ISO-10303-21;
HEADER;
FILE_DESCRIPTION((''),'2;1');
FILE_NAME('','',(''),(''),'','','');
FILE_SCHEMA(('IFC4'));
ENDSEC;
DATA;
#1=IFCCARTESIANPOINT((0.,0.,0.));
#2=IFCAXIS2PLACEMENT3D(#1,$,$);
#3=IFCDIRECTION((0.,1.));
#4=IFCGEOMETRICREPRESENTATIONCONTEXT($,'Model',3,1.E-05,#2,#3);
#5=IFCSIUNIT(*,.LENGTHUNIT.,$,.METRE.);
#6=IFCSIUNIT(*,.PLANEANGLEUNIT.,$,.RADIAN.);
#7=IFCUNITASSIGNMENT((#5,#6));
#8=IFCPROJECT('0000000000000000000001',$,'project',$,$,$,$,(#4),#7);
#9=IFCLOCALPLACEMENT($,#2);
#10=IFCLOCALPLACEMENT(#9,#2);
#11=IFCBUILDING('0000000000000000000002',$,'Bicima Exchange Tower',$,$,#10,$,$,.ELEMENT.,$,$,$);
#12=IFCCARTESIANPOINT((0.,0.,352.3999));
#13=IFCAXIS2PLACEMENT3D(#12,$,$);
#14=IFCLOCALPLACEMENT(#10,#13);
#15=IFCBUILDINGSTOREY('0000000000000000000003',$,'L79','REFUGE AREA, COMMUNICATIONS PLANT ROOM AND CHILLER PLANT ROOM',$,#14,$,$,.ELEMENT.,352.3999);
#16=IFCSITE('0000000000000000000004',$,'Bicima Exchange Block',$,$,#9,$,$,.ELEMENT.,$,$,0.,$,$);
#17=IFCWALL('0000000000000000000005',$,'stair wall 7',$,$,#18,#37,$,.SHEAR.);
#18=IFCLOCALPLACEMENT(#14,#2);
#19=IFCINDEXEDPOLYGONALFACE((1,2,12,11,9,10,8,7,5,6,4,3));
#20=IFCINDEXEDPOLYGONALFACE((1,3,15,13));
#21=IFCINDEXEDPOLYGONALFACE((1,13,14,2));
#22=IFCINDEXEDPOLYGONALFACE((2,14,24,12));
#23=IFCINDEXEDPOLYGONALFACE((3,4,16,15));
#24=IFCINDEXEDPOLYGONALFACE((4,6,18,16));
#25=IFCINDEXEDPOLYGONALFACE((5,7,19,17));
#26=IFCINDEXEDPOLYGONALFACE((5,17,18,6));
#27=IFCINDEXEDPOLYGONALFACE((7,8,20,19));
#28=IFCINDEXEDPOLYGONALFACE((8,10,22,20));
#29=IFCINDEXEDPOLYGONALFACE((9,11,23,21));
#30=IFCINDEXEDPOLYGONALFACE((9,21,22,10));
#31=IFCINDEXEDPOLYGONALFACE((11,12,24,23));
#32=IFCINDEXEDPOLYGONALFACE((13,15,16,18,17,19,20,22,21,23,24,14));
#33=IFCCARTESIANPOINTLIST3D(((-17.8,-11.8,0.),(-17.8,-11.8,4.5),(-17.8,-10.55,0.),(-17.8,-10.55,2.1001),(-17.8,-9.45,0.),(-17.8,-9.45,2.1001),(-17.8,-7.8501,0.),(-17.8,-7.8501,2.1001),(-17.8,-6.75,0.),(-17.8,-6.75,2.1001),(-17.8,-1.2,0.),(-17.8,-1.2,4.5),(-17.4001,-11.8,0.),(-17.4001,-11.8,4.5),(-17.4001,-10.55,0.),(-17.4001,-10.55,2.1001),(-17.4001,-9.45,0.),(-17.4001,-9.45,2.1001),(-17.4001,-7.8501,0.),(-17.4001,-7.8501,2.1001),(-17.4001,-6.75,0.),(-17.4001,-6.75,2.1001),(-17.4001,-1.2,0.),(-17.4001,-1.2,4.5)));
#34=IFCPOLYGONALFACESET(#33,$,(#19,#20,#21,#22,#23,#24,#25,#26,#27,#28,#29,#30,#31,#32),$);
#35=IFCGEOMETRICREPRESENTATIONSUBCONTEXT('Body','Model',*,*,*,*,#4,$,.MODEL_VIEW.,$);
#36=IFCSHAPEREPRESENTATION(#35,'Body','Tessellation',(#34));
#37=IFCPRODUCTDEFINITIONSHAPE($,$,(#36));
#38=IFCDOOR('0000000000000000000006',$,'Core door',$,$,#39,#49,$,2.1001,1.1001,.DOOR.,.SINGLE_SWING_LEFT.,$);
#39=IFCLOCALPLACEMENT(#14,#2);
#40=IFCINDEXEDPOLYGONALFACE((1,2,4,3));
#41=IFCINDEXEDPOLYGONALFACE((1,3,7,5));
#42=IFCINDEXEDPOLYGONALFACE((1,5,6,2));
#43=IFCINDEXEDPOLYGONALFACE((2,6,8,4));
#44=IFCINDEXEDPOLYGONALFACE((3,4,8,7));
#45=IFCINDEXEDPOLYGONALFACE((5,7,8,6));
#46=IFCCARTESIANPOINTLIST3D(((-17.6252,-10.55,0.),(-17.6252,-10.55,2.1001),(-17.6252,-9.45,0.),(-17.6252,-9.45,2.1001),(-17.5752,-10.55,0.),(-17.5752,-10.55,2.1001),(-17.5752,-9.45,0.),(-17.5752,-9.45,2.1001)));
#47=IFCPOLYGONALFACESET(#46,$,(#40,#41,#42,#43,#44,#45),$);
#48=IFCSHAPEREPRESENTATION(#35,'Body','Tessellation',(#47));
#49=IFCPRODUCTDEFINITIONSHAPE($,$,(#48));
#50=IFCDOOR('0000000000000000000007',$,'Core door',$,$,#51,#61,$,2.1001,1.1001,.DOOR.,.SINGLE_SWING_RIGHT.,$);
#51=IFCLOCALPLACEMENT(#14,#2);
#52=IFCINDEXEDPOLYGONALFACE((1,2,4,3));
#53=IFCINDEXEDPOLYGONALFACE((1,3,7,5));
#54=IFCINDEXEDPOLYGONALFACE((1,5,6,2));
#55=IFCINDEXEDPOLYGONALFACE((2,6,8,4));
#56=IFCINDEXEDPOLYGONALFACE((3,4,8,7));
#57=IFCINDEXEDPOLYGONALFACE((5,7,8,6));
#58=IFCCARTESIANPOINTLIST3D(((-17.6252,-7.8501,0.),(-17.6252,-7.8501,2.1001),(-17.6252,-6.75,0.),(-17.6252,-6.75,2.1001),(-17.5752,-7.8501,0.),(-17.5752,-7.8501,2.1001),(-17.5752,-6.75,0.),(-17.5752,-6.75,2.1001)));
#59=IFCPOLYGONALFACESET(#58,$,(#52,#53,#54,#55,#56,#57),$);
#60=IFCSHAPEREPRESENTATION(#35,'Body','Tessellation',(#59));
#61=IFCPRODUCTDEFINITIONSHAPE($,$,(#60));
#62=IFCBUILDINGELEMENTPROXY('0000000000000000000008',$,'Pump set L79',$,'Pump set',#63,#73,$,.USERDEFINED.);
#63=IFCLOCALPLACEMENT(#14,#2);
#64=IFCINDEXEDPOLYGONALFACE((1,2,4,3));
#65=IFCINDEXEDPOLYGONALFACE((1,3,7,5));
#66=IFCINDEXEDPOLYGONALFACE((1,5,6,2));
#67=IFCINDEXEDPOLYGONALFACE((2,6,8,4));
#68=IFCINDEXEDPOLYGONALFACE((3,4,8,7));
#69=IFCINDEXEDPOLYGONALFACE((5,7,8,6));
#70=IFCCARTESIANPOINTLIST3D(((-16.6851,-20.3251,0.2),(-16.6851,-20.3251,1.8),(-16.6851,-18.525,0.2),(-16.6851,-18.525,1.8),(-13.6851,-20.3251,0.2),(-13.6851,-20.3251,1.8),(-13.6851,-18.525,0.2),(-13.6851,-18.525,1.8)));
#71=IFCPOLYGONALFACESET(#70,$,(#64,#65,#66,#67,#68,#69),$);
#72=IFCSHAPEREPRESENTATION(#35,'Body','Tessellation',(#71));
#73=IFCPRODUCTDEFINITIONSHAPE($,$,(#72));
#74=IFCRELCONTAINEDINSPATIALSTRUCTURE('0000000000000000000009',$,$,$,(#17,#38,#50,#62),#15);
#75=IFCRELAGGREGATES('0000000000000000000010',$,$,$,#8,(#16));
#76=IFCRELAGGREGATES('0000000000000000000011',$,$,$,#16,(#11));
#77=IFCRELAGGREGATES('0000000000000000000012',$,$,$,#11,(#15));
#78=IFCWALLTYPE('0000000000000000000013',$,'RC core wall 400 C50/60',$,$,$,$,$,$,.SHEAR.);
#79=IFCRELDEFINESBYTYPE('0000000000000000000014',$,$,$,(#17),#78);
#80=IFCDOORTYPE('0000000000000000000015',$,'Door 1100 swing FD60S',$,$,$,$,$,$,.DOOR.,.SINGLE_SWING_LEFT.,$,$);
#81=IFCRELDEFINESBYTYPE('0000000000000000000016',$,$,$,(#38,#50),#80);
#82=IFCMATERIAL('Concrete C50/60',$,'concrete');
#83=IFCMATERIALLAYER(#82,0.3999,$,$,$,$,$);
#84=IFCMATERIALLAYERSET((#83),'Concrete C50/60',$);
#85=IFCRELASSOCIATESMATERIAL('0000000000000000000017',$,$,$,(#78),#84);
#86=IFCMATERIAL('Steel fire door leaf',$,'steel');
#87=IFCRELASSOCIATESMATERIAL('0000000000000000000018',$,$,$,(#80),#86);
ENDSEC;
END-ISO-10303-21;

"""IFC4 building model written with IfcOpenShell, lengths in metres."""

from ifc_helpers import new_model, si_unit, direction, frame, frame_2d, origin, origin_2d, place, context, subcontext, project, spatial, rectangle, extrude, material, layer, layer_set, type_object, element, fill, save


model = new_model("IFC4")

# Units and contexts
model_context = context("Model", 3, precision=1e-05, world=origin(), true_north=direction((0.0, 1.0)))
body_context = subcontext(model_context, "Body", "Model", "MODEL_VIEW")
ifc_project = project(units=[si_unit("LENGTHUNIT", "METRE"), si_unit("PLANEANGLEUNIT", "RADIAN")], contexts=[model_context])

# Site, building, storey
site_placement = place(None, origin())
site = spatial("IfcSite", under=ifc_project, at=site_placement, Name="Bicima Exchange Block", CompositionType="ELEMENT", RefElevation=0.0)
building_placement = place(site_placement, origin())
building = spatial("IfcBuilding", under=site, at=building_placement, Name="Bicima Exchange Tower", CompositionType="ELEMENT")
storey_placement = place(building_placement, frame((0.0, 0.0, 352.3999)))
storey = spatial("IfcBuildingStorey", under=building, at=storey_placement, Name="L79", Description="REFUGE AREA, COMMUNICATIONS PLANT ROOM AND CHILLER PLANT ROOM", CompositionType="ELEMENT", Elevation=352.3999)

# Shared definitions
ifc_material_1 = material(Name="Steel fire door leaf", Category="steel")

# Wall, openings, doors
ifc_material_2 = material(Name="Concrete C50/60", Category="concrete")
ifc_layer_1 = layer(ifc_material_2, 0.3999)
ifc_layer_set_1 = layer_set([ifc_layer_1], Name="Concrete C50/60")
wall_type_1 = type_object("IfcWallType", Name="RC core wall 400 C50/60", PredefinedType="SHEAR", material=ifc_layer_set_1)
wall_1_placement = place(storey_placement, frame((-17.6001, -11.8, 0.0), z_axis=(0.0, 0.0, 1.0), x_axis=(0.0, 1.0, 0.0)))
wall_1 = element("IfcWall", 1, at=wall_1_placement, inside=storey, type_object=wall_type_1, Name="stair wall 7", PredefinedType="SHEAR", context=body_context, shape_type="SweptSolid", body=[
    extrude(rectangle(XDim=10.6001, YDim=0.3999, at=frame_2d((5.3, 0.0))), origin(), (0.0, 0.0, 1.0), 4.5),
])
opening_1_placement = place(wall_1_placement, frame((1.25, 0.0, 0.0)))
opening_1 = element("IfcOpeningElement", 2, at=opening_1_placement, cuts=wall_1, PredefinedType="OPENING", context=body_context, shape_type="SweptSolid", body=[
    extrude(rectangle(XDim=1.1001, YDim=2.1001, at=frame_2d((0.55, 1.05))), frame((0.0, 0.2119, 0.0), z_axis=(0.0, -1.0, 0.0), x_axis=(1.0, 0.0, 0.0)), (0.0, 0.0, 1.0), 0.4238),
])
opening_2_placement = place(wall_1_placement, frame((3.95, 0.0, 0.0)))
opening_2 = element("IfcOpeningElement", 3, at=opening_2_placement, cuts=wall_1, PredefinedType="OPENING", context=body_context, shape_type="SweptSolid", body=[
    extrude(rectangle(XDim=1.1001, YDim=2.1001, at=frame_2d((0.55, 1.05))), frame((0.0, 0.2119, 0.0), z_axis=(0.0, -1.0, 0.0), x_axis=(1.0, 0.0, 0.0)), (0.0, 0.0, 1.0), 0.4238),
])
door_type_1 = type_object("IfcDoorType", Name="Door 1100 swing FD60S", OperationType="SINGLE_SWING_LEFT", PredefinedType="DOOR", material=ifc_material_1)
door_1_placement = place(opening_1_placement, frame((1.1001, 0.0, 0.0), z_axis=(0.0, 0.0, 1.0), x_axis=(-1.0, 0.0, 0.0)))
door_1 = element("IfcDoor", 4, at=door_1_placement, inside=storey, type_object=door_type_1, Name="Core door", OperationType="SINGLE_SWING_LEFT", OverallHeight=2.1001, OverallWidth=1.1001, PredefinedType="DOOR", context=body_context, shape_type="SweptSolid", body=[
    extrude(rectangle(XDim=1.1001, YDim=2.1001, at=frame_2d((0.55, 1.05))), frame((0.0, 0.0249, 0.0), z_axis=(0.0, -1.0, 0.0), x_axis=(1.0, 0.0, 0.0)), (0.0, 0.0, 1.0), 0.05),
])
fill(opening_1, door_1)
door_2_placement = place(opening_2_placement, frame((1.1001, 0.0, 0.0), z_axis=(0.0, 0.0, 1.0), x_axis=(-1.0, 0.0, 0.0)))
door_2 = element("IfcDoor", 5, at=door_2_placement, inside=storey, type_object=door_type_1, Name="Core door", OperationType="SINGLE_SWING_RIGHT", OverallHeight=2.1001, OverallWidth=1.1001, PredefinedType="DOOR", context=body_context, shape_type="SweptSolid", body=[
    extrude(rectangle(XDim=1.1001, YDim=2.1001, at=frame_2d((0.55, 1.05))), frame((0.0, 0.0249, 0.0), z_axis=(0.0, -1.0, 0.0), x_axis=(1.0, 0.0, 0.0)), (0.0, 0.0, 1.0), 0.05),
])
fill(opening_2, door_2)

# Building element proxy
proxy_placement = place(storey_placement, frame((-15.1851, -19.425, 0.2), z_axis=(0.0, 0.0, 1.0), x_axis=(1.0, 0.0, 0.0)))
element("IfcBuildingElementProxy", 6, at=proxy_placement, inside=storey, Name="Pump set L79", ObjectType="Pump set", PredefinedType="USERDEFINED", context=body_context, shape_type="SweptSolid", body=[
    extrude(rectangle(XDim=3.0, YDim=1.8, at=origin_2d()), origin(), (0.0, 0.0, 1.0), 1.6001),
])

save(model, "model.ifc")
